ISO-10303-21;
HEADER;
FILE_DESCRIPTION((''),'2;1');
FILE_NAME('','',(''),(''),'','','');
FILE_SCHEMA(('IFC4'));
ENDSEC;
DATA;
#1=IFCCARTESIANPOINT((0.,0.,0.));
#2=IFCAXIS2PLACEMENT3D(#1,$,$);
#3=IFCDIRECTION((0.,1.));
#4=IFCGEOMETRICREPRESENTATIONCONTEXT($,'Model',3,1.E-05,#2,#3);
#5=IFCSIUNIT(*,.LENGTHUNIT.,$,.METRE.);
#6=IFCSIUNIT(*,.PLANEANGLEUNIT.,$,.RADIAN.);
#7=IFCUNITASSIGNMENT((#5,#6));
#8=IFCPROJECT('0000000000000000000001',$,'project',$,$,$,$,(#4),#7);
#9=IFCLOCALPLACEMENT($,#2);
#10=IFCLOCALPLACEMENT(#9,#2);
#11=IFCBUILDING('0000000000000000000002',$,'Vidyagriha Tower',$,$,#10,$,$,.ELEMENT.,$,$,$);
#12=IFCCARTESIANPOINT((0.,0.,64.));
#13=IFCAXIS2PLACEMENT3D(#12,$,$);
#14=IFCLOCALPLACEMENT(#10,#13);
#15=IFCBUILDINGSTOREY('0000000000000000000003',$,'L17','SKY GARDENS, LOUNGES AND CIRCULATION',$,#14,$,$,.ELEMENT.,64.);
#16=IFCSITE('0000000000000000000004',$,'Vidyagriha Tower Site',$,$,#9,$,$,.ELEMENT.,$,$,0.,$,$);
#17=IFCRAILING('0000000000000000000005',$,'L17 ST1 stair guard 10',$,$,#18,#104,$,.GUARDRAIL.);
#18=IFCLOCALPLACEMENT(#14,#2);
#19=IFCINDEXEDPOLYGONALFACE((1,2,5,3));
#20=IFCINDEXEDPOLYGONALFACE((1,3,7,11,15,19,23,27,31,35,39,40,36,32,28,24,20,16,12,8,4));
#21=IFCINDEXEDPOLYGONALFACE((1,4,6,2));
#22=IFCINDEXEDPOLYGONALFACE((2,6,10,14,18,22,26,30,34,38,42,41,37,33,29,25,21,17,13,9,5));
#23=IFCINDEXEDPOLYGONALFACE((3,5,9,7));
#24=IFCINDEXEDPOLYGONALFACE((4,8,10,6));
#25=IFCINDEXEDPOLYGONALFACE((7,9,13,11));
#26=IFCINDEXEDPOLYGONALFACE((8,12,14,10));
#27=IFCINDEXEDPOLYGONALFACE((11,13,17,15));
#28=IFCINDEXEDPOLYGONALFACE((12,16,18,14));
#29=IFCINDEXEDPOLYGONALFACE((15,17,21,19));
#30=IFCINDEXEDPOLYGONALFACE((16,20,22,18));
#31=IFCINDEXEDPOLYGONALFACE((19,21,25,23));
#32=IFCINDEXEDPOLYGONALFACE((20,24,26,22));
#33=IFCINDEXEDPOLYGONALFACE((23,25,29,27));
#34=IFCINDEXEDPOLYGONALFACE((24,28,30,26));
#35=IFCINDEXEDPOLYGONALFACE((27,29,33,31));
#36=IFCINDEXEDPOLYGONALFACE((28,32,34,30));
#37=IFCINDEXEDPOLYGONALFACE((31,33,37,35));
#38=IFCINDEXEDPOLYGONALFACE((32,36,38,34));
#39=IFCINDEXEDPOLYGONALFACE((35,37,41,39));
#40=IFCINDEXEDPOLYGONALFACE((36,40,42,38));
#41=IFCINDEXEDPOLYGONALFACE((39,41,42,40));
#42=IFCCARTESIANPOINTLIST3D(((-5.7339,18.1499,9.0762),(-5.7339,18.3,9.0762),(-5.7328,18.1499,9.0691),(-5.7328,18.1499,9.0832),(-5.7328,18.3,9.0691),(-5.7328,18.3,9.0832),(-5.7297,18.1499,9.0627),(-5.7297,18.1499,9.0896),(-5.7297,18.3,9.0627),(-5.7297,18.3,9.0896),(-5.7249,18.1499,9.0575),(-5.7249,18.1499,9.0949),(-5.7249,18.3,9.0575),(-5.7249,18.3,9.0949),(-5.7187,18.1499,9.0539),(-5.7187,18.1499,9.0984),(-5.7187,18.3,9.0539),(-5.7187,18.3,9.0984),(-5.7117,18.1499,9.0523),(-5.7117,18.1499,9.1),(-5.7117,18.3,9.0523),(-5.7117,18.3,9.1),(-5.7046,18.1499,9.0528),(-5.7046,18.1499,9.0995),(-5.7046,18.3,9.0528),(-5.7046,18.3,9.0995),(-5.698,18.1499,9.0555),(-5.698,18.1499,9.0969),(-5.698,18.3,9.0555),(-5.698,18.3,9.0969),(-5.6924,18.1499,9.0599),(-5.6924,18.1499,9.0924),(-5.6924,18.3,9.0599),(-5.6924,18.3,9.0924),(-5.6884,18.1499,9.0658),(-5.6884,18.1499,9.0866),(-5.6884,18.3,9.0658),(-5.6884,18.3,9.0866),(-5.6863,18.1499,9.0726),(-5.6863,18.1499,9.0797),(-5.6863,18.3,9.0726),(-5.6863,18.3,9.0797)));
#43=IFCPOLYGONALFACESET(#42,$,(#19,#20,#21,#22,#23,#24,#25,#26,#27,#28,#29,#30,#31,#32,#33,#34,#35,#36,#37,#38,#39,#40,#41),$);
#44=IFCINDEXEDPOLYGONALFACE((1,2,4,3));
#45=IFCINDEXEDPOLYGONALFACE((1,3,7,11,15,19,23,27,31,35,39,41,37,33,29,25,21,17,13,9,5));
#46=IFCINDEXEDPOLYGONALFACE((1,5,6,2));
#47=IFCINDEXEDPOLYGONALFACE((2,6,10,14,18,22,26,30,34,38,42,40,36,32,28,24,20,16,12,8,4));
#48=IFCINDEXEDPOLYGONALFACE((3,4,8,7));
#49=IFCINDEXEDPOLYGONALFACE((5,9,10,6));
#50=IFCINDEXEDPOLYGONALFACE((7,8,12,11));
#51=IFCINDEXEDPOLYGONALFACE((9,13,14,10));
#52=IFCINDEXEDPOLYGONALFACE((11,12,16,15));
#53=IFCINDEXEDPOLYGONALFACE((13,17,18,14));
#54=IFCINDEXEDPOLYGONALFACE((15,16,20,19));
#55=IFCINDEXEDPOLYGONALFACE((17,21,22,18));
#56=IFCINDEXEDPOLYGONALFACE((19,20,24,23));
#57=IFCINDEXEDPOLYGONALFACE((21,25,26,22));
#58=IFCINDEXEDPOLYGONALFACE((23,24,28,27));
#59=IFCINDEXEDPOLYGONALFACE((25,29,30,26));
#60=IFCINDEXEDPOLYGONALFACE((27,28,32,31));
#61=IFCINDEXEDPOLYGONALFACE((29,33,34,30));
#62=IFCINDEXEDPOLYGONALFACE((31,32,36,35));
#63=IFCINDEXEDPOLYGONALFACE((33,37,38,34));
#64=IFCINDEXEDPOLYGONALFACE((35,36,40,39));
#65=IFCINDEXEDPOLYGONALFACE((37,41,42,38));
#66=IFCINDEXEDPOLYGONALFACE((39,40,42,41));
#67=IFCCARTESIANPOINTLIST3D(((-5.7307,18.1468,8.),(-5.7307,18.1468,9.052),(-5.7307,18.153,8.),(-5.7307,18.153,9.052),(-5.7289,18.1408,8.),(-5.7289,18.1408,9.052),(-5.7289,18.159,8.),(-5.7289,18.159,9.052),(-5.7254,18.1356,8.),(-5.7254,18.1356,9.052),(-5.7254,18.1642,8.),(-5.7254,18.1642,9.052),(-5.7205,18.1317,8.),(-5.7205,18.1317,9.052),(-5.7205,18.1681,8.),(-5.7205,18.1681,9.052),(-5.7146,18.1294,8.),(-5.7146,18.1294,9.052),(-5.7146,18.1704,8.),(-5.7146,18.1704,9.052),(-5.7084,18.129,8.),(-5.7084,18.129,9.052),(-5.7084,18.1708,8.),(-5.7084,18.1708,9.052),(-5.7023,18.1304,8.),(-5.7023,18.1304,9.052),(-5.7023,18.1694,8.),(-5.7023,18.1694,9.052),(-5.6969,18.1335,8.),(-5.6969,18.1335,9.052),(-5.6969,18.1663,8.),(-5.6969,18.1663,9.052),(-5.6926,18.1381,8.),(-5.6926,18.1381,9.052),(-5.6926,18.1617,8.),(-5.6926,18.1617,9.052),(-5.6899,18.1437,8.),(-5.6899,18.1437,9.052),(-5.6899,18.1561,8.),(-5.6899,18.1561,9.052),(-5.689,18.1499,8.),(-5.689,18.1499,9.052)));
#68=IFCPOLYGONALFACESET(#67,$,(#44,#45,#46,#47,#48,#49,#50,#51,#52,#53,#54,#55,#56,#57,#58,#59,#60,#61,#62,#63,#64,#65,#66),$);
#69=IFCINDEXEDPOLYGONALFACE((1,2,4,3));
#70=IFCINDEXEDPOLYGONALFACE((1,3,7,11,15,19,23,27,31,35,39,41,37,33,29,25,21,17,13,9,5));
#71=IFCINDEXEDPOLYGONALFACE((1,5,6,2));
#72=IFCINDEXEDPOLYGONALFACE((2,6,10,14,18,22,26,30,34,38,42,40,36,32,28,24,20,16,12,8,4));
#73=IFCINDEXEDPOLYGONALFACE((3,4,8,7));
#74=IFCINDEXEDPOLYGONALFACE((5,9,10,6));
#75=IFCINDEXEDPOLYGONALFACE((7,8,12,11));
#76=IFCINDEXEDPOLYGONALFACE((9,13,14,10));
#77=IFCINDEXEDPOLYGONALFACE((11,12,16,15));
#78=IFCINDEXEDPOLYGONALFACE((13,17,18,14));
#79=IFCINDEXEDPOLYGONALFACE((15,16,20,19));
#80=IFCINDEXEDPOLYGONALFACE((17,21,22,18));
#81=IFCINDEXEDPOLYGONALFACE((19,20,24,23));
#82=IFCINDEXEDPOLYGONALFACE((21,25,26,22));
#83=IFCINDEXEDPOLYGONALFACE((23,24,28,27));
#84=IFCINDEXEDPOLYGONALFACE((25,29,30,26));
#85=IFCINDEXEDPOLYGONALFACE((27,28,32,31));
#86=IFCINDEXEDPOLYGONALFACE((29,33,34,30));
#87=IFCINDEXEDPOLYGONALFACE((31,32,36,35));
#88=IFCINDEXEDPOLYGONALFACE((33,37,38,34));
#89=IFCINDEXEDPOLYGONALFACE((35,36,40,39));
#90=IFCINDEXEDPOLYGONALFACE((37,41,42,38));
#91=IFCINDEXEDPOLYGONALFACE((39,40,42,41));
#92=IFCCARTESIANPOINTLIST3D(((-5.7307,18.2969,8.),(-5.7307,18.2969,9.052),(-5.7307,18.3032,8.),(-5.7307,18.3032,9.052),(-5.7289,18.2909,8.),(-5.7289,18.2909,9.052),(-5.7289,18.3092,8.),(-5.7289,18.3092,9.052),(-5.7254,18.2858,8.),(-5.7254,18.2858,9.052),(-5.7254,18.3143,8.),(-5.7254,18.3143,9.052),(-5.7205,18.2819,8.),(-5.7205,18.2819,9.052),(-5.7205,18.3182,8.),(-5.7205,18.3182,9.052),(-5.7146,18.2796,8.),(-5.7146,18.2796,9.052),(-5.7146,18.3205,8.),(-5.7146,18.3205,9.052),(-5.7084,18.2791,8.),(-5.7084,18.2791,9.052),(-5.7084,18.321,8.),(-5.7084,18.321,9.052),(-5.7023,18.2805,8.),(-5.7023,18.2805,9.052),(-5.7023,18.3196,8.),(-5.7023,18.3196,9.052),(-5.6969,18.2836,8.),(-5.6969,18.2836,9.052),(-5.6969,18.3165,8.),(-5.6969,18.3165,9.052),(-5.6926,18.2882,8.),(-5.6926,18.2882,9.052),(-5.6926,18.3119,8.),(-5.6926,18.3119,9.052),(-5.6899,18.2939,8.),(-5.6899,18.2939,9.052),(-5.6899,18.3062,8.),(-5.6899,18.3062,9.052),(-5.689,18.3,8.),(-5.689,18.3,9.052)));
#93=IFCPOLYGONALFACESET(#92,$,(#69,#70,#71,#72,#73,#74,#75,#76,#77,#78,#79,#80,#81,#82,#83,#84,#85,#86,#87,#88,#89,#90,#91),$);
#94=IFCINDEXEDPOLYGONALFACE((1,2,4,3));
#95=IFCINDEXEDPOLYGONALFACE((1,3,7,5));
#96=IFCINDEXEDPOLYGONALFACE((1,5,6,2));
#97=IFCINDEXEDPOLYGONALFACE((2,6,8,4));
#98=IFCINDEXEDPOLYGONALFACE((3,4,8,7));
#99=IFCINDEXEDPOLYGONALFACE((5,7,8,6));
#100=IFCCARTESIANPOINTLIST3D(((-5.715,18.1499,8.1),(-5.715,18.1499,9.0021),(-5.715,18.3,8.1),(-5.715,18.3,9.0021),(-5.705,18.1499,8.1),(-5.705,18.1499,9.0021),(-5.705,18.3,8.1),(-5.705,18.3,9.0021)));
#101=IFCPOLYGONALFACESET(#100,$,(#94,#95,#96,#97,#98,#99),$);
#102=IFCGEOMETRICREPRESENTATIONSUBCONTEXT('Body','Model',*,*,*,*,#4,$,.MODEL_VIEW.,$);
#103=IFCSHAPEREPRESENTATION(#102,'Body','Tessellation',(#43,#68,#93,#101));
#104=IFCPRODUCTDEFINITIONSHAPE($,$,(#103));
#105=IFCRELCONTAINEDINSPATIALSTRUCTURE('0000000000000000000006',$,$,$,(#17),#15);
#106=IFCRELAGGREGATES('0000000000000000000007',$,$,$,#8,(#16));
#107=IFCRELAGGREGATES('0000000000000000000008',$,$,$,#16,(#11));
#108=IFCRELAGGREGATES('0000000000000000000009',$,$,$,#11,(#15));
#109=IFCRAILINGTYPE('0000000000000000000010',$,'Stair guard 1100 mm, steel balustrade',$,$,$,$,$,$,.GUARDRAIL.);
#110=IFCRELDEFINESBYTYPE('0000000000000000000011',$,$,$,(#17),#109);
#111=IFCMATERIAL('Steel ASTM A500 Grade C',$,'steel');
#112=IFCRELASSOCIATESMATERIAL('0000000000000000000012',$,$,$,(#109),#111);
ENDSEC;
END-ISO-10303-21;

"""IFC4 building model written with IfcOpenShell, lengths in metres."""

from ifc_helpers import new_model, si_unit, direction, frame, origin, origin_2d, place, context, subcontext, project, spatial, rectangle, circle, extrude, material, type_object, element, save


model = new_model("IFC4")

# Units and contexts
model_context = context("Model", 3, precision=1e-05, world=origin(), true_north=direction((0.0, 1.0)))
body_context = subcontext(model_context, "Body", "Model", "MODEL_VIEW")
ifc_project = project(units=[si_unit("LENGTHUNIT", "METRE"), si_unit("PLANEANGLEUNIT", "RADIAN")], contexts=[model_context])

# Site, building, storey
site_placement = place(None, origin())
site = spatial("IfcSite", under=ifc_project, at=site_placement, Name="Vidyagriha Tower Site", CompositionType="ELEMENT", RefElevation=0.0)
building_placement = place(site_placement, origin())
building = spatial("IfcBuilding", under=site, at=building_placement, Name="Vidyagriha Tower", CompositionType="ELEMENT")
storey_placement = place(building_placement, frame((0.0, 0.0, 64.0)))
storey = spatial("IfcBuildingStorey", under=building, at=storey_placement, Name="L17", Description="SKY GARDENS, LOUNGES AND CIRCULATION", CompositionType="ELEMENT", Elevation=64.0)

# Railing
ifc_material_1 = material(Name="Steel ASTM A500 Grade C", Category="steel")
railing_type_1 = type_object("IfcRailingType", Name="Stair guard 1100 mm, steel balustrade", PredefinedType="GUARDRAIL", material=ifc_material_1)
railing_1_placement = place(storey_placement, frame((-5.71, 18.1499, 8.0)))
element("IfcRailing", 1, at=railing_1_placement, inside=storey, type_object=railing_type_1, Name="L17 ST1 stair guard 10", PredefinedType="GUARDRAIL", context=body_context, shape_type="SweptSolid", body=[
    extrude(circle(Radius=0.0239, at=origin_2d()), frame((0.0, 0.0, 1.0762), z_axis=(0.0, 1.0, 0.0), x_axis=(-1.0, 0.0, 0.0)), (0.0, 0.0, 1.0), 0.1501),
    extrude(circle(Radius=0.021, at=origin_2d()), origin(), (0.0, 0.0, 1.0), 1.052),
    extrude(circle(Radius=0.021, at=origin_2d()), frame((0.0, 0.1501, 0.0)), (0.0, 0.0, 1.0), 1.052),
    extrude(rectangle(XDim=0.01, YDim=0.9021, at=origin_2d()), frame((0.0, 0.0, 0.551), z_axis=(0.0, 1.0, 0.0), x_axis=(-1.0, 0.0, 0.0)), (0.0, 0.0, 1.0), 0.1501),
])

save(model, "model.ifc")
